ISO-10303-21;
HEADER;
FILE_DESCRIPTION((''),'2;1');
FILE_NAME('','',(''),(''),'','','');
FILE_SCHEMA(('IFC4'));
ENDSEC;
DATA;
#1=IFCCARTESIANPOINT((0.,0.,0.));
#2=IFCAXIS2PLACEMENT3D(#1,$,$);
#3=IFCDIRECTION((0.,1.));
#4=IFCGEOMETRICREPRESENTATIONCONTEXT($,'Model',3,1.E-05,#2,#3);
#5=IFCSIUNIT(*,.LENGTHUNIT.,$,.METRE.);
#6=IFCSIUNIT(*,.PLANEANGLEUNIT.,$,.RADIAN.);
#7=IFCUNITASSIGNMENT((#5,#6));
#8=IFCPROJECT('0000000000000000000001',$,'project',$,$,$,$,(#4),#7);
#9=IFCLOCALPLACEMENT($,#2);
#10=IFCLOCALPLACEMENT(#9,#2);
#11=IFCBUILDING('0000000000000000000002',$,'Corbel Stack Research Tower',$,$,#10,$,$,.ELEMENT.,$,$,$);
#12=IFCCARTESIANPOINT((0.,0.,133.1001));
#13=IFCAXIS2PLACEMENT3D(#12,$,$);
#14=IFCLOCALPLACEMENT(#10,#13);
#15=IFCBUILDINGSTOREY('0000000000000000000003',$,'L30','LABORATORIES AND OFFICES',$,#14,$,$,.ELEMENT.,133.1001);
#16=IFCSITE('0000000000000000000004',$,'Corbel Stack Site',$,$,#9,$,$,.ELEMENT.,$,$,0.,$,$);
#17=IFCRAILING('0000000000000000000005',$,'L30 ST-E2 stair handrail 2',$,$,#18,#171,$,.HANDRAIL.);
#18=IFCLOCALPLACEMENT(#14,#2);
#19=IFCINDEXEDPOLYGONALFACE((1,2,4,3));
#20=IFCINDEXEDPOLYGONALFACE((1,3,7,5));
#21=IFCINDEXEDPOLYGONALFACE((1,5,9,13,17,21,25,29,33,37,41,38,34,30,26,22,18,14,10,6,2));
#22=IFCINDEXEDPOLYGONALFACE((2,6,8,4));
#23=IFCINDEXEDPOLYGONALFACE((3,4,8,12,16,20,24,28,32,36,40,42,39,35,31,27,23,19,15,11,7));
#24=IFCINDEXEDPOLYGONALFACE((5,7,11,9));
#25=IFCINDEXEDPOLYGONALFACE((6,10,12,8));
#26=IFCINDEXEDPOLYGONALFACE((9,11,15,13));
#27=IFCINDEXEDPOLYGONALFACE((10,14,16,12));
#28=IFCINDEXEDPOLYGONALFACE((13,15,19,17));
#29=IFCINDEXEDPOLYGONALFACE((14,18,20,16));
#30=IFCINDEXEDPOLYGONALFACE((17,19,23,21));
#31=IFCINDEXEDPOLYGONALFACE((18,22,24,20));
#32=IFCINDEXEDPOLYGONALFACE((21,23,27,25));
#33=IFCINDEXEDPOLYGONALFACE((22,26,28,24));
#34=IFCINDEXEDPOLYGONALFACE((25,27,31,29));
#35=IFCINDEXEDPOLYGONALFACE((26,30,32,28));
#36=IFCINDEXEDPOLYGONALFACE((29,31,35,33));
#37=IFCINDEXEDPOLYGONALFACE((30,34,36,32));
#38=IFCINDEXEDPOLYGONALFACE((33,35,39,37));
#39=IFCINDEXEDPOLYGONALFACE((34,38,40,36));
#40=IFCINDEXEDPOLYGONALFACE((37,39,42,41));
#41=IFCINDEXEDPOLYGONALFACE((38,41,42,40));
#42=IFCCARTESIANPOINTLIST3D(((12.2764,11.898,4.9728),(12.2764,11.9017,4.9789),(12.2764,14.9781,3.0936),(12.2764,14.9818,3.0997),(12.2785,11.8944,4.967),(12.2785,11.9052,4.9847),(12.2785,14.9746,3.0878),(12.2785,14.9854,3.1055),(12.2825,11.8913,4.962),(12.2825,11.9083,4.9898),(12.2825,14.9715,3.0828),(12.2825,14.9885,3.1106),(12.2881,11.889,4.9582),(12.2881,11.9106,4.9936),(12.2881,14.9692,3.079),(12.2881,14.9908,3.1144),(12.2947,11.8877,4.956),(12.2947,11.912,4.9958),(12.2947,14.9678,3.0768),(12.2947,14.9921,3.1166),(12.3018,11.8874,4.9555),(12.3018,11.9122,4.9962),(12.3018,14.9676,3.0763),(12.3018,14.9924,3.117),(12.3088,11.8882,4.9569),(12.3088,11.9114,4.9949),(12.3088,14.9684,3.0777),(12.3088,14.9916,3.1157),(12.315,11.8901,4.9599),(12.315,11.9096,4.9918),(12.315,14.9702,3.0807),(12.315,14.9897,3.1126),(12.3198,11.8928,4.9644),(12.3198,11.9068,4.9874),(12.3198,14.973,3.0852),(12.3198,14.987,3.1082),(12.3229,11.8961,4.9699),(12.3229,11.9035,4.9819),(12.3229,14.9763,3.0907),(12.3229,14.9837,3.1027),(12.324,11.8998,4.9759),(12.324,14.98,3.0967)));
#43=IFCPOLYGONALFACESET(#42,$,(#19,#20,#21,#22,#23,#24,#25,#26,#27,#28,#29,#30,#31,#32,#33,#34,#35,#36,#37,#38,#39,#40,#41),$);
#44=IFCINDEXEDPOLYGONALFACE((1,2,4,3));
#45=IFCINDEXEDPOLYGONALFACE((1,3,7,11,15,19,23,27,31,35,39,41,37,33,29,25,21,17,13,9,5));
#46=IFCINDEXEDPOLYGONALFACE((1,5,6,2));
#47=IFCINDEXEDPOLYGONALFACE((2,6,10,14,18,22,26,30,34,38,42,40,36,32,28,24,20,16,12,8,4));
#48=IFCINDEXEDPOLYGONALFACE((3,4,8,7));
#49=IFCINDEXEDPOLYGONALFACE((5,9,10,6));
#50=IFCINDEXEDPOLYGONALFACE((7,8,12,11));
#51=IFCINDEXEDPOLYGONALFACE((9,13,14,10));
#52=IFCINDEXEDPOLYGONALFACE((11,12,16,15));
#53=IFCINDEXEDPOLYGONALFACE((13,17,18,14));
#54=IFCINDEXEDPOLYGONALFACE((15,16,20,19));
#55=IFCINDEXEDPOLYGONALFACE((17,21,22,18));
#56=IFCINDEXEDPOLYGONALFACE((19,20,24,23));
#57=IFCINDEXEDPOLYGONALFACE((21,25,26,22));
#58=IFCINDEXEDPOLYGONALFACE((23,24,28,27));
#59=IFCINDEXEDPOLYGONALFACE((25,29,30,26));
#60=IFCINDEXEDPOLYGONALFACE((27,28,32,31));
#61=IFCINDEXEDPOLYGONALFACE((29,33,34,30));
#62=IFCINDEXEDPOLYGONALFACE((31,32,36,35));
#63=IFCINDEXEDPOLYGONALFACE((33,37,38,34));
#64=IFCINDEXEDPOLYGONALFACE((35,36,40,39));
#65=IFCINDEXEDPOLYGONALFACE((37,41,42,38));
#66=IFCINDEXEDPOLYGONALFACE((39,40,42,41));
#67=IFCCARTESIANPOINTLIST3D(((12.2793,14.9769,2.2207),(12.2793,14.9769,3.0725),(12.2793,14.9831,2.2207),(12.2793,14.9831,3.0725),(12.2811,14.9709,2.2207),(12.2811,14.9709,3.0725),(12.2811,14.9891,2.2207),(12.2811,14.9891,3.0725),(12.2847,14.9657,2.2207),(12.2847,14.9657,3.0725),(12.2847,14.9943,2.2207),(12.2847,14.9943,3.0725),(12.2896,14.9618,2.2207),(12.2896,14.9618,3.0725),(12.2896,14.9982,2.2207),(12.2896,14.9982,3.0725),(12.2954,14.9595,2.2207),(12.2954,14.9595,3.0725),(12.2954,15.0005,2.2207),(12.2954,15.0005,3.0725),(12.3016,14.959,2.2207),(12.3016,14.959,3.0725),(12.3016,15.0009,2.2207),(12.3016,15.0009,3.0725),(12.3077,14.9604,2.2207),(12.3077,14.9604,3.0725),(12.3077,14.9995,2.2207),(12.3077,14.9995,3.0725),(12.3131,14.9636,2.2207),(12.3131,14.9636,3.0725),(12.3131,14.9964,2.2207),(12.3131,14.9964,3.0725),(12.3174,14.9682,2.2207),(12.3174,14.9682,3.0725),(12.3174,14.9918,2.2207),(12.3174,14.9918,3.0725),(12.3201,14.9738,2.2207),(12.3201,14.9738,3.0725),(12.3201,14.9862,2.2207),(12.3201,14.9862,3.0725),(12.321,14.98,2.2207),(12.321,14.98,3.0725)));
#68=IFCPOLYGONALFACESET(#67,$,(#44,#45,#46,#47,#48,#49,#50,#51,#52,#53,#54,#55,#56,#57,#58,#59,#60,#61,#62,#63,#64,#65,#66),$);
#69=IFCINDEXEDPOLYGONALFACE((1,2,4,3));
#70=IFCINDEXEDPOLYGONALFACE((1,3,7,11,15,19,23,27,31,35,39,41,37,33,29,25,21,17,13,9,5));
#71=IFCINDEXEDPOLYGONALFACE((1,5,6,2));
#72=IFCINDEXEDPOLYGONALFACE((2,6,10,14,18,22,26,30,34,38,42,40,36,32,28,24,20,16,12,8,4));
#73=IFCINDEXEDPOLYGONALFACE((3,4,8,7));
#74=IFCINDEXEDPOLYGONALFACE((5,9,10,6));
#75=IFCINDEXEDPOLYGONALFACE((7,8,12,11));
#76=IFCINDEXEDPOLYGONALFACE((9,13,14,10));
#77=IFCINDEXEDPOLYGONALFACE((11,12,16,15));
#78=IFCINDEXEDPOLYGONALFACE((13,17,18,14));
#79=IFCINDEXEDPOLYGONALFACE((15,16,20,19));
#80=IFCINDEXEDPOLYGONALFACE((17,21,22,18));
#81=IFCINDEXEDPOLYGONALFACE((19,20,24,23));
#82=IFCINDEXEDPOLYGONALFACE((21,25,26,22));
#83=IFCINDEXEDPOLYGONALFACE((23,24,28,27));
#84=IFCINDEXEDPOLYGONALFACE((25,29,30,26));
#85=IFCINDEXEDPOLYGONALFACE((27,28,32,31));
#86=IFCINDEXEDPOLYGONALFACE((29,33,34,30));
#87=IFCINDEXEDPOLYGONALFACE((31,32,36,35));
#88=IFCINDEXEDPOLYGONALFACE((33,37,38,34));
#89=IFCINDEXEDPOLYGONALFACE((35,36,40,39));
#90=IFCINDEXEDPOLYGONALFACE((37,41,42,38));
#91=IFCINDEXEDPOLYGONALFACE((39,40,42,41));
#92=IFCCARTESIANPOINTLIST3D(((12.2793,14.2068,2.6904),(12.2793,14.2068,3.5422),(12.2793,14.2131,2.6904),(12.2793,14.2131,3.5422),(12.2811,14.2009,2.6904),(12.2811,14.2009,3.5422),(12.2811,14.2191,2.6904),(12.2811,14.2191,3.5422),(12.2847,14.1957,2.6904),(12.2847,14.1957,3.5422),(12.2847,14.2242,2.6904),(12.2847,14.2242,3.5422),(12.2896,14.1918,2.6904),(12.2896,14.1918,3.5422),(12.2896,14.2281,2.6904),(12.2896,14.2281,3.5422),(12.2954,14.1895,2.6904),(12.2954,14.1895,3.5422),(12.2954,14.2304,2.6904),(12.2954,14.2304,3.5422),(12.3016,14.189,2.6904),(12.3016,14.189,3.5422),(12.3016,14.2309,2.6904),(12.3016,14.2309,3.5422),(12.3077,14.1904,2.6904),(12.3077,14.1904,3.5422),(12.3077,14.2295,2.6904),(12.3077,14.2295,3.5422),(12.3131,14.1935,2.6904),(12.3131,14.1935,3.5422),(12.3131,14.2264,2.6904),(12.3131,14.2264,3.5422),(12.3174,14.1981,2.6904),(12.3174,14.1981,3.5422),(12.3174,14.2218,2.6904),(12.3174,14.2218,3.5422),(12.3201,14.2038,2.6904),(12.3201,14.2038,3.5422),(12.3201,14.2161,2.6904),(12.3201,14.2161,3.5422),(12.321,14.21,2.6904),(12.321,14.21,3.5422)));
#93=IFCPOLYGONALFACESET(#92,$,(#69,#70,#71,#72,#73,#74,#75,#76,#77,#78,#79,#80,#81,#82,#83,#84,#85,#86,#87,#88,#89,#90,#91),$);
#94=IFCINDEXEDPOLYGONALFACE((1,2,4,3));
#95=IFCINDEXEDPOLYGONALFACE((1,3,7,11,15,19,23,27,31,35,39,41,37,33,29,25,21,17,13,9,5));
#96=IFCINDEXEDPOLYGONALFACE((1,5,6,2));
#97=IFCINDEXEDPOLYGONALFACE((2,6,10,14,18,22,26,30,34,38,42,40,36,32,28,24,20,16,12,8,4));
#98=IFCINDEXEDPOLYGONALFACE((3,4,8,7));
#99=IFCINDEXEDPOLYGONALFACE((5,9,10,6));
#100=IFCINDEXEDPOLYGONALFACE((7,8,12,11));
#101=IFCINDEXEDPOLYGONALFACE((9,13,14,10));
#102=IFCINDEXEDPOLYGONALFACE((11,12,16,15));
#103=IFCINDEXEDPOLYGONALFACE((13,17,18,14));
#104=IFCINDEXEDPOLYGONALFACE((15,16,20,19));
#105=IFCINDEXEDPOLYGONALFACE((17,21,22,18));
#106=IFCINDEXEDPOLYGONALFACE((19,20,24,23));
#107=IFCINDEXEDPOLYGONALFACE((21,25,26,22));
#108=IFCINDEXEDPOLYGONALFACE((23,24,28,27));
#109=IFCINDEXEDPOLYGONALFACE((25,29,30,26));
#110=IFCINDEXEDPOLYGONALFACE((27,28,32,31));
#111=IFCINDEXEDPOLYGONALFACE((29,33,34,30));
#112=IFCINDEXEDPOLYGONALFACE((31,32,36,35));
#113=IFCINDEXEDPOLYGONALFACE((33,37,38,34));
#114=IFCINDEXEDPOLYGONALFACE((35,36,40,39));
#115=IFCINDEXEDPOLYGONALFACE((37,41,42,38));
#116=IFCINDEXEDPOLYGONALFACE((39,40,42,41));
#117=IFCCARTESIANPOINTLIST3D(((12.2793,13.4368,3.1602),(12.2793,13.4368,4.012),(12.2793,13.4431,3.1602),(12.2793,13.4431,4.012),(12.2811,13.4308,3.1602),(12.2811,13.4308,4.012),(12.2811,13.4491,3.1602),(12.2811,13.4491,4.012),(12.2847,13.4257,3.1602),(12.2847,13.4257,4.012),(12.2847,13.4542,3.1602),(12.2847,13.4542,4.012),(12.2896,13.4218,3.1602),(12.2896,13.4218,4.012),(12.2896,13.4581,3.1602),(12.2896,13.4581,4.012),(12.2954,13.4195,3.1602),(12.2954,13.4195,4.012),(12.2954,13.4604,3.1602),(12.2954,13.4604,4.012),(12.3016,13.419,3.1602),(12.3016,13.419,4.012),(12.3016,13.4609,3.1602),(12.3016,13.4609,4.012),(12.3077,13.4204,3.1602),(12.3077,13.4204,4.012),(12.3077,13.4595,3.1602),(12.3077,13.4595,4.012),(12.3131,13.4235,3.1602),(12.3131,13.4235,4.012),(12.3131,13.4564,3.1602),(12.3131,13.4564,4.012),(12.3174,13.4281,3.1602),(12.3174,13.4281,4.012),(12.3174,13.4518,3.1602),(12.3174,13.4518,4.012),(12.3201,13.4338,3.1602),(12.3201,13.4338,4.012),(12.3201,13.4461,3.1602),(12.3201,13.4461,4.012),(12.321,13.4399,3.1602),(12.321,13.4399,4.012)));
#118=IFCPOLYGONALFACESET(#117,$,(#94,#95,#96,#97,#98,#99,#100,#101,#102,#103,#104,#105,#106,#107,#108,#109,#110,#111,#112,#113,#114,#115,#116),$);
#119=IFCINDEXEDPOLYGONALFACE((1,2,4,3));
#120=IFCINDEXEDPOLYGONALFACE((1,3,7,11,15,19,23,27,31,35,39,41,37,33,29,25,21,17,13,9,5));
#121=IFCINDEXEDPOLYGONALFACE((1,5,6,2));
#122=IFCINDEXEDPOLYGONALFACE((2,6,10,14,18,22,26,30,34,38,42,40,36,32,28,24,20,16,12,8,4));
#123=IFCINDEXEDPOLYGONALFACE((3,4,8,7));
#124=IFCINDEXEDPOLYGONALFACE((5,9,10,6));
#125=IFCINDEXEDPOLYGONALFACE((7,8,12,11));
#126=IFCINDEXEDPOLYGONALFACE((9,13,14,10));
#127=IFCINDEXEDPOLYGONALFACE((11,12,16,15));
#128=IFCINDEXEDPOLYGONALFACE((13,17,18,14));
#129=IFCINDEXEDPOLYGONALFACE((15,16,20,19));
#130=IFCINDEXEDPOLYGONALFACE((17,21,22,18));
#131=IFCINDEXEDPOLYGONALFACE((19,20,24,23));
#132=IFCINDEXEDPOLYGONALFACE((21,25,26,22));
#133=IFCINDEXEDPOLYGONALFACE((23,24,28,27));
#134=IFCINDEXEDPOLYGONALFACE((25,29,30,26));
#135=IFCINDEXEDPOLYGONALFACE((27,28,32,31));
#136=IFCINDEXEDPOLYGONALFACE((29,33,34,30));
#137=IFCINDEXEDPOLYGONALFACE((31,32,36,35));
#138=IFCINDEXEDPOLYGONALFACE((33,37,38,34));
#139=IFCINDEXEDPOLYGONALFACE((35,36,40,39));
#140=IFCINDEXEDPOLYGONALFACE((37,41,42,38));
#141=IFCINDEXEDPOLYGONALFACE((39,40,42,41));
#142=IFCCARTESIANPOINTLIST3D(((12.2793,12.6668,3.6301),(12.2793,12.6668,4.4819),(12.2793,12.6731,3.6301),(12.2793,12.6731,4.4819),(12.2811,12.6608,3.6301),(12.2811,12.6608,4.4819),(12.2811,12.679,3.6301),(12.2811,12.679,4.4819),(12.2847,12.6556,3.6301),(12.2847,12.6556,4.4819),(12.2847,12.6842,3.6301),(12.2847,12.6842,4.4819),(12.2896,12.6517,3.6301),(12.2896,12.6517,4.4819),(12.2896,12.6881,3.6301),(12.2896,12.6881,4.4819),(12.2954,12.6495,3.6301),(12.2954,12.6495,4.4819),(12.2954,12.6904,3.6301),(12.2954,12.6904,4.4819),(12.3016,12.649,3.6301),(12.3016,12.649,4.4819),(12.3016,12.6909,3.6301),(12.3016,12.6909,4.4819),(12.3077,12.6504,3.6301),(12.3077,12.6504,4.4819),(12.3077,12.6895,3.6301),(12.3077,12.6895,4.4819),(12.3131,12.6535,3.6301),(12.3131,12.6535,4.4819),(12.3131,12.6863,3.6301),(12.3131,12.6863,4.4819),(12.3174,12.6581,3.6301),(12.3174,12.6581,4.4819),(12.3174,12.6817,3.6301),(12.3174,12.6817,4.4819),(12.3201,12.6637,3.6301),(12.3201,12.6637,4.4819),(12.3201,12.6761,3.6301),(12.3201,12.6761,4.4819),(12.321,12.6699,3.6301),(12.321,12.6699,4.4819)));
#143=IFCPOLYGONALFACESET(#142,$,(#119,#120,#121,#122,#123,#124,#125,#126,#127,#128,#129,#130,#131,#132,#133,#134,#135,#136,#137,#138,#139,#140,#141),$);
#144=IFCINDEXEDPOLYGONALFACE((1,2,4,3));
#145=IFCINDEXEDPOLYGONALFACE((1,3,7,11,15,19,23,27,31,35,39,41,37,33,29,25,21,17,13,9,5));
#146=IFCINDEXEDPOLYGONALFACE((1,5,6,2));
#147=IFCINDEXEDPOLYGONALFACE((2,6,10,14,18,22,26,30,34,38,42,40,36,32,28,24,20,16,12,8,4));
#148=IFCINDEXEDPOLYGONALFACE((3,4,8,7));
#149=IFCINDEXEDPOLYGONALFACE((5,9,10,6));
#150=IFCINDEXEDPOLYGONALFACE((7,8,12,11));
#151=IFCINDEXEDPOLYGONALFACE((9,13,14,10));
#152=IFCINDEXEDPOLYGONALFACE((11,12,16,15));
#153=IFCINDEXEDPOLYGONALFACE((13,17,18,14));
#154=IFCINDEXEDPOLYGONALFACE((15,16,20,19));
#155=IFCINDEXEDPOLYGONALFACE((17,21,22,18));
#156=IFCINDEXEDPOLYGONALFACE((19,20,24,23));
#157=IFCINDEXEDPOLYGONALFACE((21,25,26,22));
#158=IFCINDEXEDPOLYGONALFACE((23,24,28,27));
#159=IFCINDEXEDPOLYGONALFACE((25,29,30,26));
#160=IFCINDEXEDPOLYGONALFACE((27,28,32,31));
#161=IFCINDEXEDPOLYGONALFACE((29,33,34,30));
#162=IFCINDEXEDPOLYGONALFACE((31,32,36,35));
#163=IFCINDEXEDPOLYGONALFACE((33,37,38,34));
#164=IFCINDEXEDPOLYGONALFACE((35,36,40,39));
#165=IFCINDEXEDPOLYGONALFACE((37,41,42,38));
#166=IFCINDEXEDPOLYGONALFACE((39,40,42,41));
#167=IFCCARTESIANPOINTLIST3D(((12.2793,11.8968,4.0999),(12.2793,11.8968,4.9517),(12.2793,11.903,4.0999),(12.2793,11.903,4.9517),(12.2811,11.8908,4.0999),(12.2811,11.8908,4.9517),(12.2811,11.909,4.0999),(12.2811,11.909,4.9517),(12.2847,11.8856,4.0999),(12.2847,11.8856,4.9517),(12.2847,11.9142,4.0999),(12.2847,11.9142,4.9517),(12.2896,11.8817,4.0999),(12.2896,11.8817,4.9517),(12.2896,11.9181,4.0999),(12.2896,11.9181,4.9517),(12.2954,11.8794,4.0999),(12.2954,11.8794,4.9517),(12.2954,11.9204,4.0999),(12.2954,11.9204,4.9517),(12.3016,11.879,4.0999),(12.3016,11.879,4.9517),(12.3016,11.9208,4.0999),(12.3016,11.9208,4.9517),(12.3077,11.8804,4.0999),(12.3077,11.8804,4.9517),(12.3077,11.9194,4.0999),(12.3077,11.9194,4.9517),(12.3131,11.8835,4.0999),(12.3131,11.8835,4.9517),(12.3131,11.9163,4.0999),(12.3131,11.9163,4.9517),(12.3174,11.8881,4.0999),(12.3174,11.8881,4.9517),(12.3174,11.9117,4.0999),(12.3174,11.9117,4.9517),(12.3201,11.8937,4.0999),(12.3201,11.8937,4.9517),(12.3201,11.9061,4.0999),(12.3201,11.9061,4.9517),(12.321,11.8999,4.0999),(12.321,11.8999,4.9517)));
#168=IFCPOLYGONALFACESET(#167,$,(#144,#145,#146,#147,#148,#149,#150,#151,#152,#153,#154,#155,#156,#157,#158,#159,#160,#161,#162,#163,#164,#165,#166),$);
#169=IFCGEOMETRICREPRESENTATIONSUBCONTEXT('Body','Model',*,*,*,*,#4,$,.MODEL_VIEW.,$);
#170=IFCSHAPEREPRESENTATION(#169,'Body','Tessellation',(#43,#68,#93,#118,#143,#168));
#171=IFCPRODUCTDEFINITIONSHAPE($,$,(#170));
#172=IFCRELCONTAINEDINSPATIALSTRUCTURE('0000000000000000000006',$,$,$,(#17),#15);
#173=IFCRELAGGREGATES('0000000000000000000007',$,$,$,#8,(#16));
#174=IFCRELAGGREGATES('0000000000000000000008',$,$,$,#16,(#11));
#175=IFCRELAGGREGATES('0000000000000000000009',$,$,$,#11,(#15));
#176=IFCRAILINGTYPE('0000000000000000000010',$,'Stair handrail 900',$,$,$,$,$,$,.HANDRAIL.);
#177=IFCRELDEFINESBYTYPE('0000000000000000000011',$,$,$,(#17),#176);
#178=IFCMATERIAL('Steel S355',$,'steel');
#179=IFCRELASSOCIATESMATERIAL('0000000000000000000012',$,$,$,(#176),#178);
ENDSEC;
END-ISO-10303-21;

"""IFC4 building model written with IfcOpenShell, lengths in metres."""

from ifc_helpers import new_model, si_unit, direction, frame, origin, origin_2d, place, context, subcontext, project, spatial, circle, extrude, material, type_object, element, save


model = new_model("IFC4")

# Units and contexts
model_context = context("Model", 3, precision=1e-05, world=origin(), true_north=direction((0.0, 1.0)))
body_context = subcontext(model_context, "Body", "Model", "MODEL_VIEW")
ifc_project = project(units=[si_unit("LENGTHUNIT", "METRE"), si_unit("PLANEANGLEUNIT", "RADIAN")], contexts=[model_context])

# Site, building, storey
site_placement = place(None, origin())
site = spatial("IfcSite", under=ifc_project, at=site_placement, Name="Corbel Stack Site", CompositionType="ELEMENT", RefElevation=0.0)
building_placement = place(site_placement, origin())
building = spatial("IfcBuilding", under=site, at=building_placement, Name="Corbel Stack Research Tower", CompositionType="ELEMENT")
storey_placement = place(building_placement, frame((0.0, 0.0, 133.1001)))
storey = spatial("IfcBuildingStorey", under=building, at=storey_placement, Name="L30", Description="LABORATORIES AND OFFICES", CompositionType="ELEMENT", Elevation=133.1001)

# Railing
ifc_material_1 = material(Name="Steel S355", Category="steel")
railing_type_1 = type_object("IfcRailingType", Name="Stair handrail 900", PredefinedType="HANDRAIL", material=ifc_material_1)
railing_1_placement = place(storey_placement, frame((12.3, 14.98, 2.2207)))
element("IfcRailing", 1, at=railing_1_placement, inside=storey, type_object=railing_type_1, Name="L30 ST-E2 stair handrail 2", PredefinedType="HANDRAIL", context=body_context, shape_type="SweptSolid", body=[
    extrude(circle(Radius=0.0239, at=origin_2d()), frame((0.0, 0.0, 0.876), z_axis=(0.0, -0.853666, 0.52082), x_axis=(1.0, 0.0, 0.0)), (0.0, 0.0, 1.0), 3.6082),
    extrude(circle(Radius=0.021, at=origin_2d()), origin(), (0.0, 0.0, 1.0), 0.8518),
    extrude(circle(Radius=0.021, at=origin_2d()), frame((0.0, -0.77, 0.4697)), (0.0, 0.0, 1.0), 0.8518),
    extrude(circle(Radius=0.021, at=origin_2d()), frame((0.0, -1.54, 0.9395)), (0.0, 0.0, 1.0), 0.8518),
    extrude(circle(Radius=0.021, at=origin_2d()), frame((0.0, -2.3101, 1.4094)), (0.0, 0.0, 1.0), 0.8518),
    extrude(circle(Radius=0.021, at=origin_2d()), frame((0.0, -3.0801, 1.8792)), (0.0, 0.0, 1.0), 0.8518),
])

save(model, "model.ifc")
